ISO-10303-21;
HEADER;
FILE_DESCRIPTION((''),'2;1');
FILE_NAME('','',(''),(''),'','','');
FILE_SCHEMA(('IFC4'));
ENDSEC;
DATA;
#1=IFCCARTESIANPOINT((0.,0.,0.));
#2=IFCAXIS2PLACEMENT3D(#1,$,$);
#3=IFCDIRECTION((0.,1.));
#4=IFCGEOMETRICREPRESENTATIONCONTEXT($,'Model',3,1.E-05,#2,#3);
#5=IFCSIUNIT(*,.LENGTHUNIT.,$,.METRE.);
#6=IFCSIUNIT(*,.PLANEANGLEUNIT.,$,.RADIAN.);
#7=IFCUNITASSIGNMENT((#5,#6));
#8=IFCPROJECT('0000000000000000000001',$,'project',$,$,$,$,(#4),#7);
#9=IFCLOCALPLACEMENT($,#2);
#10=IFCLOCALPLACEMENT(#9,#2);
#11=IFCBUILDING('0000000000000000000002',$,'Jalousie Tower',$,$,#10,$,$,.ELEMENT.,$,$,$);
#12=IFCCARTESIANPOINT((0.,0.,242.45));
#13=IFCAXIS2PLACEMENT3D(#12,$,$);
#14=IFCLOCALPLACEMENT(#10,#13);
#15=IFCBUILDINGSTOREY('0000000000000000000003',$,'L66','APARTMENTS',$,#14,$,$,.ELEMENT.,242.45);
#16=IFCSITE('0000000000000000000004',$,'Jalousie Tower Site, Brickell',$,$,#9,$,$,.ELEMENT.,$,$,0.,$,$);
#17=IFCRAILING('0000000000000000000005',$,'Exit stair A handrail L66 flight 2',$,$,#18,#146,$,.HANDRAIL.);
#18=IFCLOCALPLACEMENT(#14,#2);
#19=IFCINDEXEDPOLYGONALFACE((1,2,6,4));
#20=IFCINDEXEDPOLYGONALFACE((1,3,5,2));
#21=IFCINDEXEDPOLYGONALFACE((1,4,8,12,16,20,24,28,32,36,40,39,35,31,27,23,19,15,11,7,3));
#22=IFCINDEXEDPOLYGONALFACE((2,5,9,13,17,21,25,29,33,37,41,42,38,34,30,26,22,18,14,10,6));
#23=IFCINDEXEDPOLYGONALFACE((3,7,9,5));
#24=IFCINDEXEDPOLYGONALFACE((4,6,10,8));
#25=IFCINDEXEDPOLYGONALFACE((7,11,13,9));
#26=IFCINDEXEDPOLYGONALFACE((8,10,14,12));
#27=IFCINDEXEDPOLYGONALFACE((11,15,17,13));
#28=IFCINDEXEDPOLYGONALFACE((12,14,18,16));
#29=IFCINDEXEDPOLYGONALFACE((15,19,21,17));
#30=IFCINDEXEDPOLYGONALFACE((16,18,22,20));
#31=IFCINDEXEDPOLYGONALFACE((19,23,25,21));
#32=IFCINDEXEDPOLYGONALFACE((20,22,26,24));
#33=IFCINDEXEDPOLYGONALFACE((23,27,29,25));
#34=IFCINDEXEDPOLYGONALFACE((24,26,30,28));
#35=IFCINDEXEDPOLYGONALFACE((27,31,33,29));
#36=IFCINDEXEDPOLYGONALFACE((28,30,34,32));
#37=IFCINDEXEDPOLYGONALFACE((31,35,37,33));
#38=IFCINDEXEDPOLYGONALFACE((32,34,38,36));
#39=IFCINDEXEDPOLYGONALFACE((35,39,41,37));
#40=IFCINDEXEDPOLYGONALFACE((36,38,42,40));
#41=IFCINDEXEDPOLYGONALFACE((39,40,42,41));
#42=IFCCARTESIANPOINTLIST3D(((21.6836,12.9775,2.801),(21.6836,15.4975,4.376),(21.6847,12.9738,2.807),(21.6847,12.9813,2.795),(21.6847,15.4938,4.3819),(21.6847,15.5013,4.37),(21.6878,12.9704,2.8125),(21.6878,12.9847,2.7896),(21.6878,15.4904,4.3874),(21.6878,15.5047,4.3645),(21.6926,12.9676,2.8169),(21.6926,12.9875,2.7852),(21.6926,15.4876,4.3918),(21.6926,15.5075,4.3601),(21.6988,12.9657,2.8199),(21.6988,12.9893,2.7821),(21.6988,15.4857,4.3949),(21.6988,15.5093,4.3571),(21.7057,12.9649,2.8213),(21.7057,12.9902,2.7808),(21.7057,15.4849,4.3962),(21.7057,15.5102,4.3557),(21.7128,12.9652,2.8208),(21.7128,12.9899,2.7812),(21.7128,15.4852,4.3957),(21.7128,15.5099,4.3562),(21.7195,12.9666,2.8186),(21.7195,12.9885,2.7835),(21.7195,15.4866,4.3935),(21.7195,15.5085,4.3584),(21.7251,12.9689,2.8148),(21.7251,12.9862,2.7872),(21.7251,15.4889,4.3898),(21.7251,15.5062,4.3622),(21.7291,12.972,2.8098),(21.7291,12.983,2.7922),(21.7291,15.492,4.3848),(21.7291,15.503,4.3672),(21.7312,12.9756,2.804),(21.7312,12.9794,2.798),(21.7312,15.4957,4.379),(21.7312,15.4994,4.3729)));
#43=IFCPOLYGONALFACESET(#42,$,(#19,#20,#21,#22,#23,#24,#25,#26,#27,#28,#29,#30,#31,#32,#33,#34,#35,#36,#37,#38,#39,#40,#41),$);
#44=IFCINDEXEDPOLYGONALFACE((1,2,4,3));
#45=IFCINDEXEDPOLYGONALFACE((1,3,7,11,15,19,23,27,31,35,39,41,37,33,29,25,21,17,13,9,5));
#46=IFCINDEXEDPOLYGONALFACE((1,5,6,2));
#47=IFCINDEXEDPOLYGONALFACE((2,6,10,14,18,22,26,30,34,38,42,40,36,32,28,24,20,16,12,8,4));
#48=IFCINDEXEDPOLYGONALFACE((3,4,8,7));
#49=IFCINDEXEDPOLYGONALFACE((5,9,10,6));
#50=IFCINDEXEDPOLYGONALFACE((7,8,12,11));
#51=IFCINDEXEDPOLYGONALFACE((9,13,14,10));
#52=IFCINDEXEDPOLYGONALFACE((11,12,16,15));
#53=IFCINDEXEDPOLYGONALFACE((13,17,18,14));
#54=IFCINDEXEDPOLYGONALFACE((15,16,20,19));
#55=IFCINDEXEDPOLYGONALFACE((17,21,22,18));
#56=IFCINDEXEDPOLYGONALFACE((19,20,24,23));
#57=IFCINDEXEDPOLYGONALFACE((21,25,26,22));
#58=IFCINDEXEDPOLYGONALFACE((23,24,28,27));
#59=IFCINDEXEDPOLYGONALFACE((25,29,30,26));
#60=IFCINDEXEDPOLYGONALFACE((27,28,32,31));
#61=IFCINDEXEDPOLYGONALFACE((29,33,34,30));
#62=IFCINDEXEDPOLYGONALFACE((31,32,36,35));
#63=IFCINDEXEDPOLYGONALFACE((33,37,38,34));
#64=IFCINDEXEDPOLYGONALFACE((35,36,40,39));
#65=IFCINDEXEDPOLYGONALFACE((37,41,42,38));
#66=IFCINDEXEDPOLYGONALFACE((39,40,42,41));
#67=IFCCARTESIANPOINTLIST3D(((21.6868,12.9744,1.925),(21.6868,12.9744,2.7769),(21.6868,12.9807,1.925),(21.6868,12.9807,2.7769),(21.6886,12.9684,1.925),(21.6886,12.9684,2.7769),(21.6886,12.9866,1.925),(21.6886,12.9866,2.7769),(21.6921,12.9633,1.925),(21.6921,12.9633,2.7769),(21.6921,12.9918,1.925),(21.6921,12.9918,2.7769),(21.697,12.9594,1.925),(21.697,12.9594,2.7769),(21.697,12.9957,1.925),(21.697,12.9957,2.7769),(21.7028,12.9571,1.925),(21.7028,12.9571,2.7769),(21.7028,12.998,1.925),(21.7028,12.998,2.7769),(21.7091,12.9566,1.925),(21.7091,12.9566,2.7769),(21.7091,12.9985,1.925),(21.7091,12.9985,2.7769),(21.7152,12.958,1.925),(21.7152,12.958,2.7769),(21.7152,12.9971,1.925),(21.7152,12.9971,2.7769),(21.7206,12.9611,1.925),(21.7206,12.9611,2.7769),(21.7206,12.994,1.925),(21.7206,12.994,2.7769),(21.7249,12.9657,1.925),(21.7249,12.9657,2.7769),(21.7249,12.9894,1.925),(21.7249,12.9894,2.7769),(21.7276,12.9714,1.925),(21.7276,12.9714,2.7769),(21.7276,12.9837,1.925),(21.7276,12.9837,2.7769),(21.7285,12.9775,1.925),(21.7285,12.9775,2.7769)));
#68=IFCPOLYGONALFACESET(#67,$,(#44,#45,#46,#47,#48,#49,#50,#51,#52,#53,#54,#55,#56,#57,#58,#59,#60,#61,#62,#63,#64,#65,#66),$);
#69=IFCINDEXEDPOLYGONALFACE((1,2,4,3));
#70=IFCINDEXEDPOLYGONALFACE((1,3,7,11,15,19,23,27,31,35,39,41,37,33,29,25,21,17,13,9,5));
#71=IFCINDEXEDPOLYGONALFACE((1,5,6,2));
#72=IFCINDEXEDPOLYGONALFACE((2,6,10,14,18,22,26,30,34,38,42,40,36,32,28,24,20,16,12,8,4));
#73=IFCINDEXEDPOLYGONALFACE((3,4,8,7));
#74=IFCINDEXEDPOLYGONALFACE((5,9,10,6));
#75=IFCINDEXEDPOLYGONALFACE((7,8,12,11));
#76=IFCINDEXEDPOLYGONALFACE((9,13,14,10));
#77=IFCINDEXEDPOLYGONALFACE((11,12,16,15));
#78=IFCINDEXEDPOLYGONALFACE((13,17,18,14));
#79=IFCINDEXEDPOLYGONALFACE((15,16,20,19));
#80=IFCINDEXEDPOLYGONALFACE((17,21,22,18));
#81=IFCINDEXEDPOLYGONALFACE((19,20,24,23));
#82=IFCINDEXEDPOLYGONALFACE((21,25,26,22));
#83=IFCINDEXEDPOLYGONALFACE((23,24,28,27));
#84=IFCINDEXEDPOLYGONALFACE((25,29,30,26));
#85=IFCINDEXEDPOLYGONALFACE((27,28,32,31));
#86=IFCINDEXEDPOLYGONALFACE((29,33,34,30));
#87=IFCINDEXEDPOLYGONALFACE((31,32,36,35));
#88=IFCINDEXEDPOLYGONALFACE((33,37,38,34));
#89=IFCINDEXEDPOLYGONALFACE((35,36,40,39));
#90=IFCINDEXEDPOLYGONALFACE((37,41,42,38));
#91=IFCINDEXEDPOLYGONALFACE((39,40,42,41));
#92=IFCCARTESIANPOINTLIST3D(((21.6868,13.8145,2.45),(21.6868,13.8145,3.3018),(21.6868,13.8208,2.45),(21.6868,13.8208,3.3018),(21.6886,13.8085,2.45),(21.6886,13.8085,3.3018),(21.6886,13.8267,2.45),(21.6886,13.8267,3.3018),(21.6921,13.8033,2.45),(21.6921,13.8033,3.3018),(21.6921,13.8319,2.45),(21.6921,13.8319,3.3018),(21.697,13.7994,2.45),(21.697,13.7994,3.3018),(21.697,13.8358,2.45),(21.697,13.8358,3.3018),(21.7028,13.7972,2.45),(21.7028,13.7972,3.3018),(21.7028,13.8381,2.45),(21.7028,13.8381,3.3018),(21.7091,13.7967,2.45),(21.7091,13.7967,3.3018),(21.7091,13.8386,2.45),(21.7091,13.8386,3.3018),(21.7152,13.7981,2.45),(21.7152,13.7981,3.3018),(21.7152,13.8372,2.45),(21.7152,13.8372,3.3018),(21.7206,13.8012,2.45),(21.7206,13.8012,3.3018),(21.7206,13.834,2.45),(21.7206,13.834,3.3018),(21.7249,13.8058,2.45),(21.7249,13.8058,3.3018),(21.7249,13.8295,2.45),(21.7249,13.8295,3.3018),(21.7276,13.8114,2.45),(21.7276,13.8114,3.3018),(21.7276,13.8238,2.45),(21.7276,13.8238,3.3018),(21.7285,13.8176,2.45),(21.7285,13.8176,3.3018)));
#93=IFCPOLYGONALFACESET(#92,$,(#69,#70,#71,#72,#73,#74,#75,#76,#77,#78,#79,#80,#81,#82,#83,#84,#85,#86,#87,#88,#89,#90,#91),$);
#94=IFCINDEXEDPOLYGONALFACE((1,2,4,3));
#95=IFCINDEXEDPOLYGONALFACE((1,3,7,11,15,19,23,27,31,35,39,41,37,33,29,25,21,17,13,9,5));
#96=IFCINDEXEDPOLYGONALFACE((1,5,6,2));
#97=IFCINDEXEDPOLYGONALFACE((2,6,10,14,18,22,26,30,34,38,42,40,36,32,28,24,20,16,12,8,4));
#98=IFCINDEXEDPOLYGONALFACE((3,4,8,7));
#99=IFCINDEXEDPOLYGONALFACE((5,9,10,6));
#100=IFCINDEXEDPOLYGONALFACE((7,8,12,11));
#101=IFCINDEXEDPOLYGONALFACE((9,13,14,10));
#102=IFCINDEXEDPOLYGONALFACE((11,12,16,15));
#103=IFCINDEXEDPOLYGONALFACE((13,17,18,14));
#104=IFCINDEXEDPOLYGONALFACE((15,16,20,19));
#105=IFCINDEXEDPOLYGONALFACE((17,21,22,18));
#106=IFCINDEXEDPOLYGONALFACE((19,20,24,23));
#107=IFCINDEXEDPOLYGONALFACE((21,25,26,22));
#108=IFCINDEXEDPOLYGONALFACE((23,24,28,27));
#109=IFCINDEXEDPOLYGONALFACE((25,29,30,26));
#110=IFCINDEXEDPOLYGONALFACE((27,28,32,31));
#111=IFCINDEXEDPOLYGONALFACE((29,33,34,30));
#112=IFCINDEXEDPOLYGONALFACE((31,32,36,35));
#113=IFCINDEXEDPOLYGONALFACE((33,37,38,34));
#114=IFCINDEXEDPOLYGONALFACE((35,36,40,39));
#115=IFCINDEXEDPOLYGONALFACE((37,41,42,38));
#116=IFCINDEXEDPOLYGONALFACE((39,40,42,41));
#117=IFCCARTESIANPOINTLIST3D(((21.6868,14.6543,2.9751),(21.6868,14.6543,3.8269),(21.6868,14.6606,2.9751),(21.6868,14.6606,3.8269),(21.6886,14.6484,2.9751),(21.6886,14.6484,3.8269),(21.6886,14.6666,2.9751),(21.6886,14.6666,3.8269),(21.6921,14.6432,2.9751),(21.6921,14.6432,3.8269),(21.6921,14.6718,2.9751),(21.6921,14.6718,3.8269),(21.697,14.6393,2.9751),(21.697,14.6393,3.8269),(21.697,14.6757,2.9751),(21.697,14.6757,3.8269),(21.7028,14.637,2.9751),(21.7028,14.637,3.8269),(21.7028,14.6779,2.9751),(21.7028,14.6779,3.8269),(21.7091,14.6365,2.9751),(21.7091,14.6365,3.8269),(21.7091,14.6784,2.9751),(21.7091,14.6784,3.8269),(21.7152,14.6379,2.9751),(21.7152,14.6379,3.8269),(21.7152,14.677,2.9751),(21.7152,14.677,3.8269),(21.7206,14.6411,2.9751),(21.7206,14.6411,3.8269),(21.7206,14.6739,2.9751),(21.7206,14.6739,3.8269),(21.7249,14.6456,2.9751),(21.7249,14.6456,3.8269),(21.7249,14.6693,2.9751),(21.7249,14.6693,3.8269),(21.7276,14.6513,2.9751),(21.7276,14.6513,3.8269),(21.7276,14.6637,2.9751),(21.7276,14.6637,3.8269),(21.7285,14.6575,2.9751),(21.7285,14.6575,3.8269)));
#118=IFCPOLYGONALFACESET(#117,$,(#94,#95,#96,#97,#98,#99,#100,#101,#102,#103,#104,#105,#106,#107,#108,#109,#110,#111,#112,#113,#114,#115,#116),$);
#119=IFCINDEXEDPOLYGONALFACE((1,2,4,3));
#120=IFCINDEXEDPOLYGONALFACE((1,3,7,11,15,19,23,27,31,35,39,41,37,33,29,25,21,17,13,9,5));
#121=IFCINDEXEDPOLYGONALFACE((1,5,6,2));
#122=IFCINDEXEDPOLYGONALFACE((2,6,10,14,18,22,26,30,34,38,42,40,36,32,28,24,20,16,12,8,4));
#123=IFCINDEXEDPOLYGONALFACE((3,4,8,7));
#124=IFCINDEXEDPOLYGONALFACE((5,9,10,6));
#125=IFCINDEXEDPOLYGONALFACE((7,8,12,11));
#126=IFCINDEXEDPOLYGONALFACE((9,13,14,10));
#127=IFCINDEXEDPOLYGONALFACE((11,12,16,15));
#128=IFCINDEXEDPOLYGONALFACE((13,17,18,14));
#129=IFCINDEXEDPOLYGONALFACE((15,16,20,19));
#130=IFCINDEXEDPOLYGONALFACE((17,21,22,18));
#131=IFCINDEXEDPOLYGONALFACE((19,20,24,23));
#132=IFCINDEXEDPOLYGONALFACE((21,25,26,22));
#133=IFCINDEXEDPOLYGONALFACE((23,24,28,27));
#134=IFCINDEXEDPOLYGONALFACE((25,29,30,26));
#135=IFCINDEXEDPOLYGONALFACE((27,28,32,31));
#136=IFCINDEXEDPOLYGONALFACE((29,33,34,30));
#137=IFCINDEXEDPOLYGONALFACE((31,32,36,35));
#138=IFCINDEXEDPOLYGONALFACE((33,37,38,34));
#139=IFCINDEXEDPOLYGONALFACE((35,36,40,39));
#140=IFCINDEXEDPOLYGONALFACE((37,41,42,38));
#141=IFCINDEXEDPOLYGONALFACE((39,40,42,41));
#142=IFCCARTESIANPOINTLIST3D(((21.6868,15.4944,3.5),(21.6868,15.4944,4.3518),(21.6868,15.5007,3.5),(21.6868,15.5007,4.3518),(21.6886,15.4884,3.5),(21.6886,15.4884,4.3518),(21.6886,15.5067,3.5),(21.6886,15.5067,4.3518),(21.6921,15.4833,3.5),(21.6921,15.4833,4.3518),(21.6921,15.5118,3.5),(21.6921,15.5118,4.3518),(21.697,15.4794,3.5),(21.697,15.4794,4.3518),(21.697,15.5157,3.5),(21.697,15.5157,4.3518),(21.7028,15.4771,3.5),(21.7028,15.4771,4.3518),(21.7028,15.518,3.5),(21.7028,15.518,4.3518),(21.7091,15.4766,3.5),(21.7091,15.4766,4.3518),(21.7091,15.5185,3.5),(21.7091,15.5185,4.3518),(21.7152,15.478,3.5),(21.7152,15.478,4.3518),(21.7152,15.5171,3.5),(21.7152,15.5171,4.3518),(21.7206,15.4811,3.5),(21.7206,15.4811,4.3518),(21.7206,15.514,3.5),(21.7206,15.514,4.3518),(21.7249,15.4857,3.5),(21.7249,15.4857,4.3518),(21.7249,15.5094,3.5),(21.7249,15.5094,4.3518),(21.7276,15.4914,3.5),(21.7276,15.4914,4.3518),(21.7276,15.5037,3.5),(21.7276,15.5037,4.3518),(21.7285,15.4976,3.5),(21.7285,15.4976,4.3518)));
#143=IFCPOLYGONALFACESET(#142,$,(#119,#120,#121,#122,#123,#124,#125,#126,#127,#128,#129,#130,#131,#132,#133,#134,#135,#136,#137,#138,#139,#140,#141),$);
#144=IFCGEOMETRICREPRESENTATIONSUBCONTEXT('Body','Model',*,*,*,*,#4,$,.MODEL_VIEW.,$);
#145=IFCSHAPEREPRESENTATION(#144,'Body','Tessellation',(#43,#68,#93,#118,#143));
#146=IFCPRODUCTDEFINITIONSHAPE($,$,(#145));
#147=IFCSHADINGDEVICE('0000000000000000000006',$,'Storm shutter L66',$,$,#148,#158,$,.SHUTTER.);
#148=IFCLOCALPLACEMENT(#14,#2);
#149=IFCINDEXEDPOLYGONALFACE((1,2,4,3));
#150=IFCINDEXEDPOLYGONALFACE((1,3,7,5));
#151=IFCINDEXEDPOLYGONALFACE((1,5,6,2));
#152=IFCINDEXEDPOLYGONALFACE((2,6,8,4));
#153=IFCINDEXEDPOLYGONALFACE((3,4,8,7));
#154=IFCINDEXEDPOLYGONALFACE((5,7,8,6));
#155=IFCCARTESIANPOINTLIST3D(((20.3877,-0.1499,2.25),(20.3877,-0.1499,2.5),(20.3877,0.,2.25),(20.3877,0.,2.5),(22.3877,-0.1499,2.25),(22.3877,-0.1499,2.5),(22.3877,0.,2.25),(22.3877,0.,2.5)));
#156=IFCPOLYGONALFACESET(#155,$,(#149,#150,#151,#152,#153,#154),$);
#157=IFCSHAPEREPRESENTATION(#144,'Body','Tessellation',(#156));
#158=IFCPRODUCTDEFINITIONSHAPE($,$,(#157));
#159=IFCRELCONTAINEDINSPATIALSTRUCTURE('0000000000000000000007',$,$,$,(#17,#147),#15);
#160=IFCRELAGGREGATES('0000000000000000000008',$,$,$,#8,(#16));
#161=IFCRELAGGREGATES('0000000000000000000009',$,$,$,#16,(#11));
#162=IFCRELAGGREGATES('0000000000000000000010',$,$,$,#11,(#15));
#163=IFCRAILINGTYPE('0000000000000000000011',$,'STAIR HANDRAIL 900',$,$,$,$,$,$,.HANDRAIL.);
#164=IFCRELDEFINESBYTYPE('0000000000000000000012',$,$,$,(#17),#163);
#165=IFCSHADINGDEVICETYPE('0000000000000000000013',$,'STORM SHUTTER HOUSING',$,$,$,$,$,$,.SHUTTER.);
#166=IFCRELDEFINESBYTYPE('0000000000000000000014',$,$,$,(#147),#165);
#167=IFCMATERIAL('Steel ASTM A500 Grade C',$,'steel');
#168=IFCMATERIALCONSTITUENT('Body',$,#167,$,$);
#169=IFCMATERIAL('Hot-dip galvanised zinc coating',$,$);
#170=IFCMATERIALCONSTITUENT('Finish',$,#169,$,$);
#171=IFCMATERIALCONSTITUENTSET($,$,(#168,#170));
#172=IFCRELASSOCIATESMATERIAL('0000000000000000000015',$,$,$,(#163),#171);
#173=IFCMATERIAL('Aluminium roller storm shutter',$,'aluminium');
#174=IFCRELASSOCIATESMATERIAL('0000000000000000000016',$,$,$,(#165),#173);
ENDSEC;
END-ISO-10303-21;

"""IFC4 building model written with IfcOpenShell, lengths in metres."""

from ifc_helpers import new_model, si_unit, direction, frame, origin, origin_2d, place, context, subcontext, project, spatial, rectangle, circle, extrude, material, constituent, constituent_set, type_object, element, save


model = new_model("IFC4")

# Units and contexts
model_context = context("Model", 3, precision=1e-05, world=origin(), true_north=direction((0.0, 1.0)))
body_context = subcontext(model_context, "Body", "Model", "MODEL_VIEW")
ifc_project = project(units=[si_unit("LENGTHUNIT", "METRE"), si_unit("PLANEANGLEUNIT", "RADIAN")], contexts=[model_context])

# Site, building, storey
site_placement = place(None, origin())
site = spatial("IfcSite", under=ifc_project, at=site_placement, Name="Jalousie Tower Site, Brickell", CompositionType="ELEMENT", RefElevation=0.0)
building_placement = place(site_placement, origin())
building = spatial("IfcBuilding", under=site, at=building_placement, Name="Jalousie Tower", CompositionType="ELEMENT")
storey_placement = place(building_placement, frame((0.0, 0.0, 242.45)))
storey = spatial("IfcBuildingStorey", under=building, at=storey_placement, Name="L66", Description="APARTMENTS", CompositionType="ELEMENT", Elevation=242.45)

# Railing
ifc_material_1 = material(Name="Steel ASTM A500 Grade C", Category="steel")
ifc_constituent_1 = constituent(ifc_material_1, Name="Body")
ifc_material_2 = material(Name="Hot-dip galvanised zinc coating")
ifc_constituent_2 = constituent(ifc_material_2, Name="Finish")
ifc_constituent_set_1 = constituent_set(constituents=[ifc_constituent_1, ifc_constituent_2])
railing_type_1 = type_object("IfcRailingType", Name="STAIR HANDRAIL 900", PredefinedType="HANDRAIL", material=ifc_constituent_set_1)
railing_1_placement = place(storey_placement, frame((21.7075, 12.9775, 1.925)))
element("IfcRailing", 1, at=railing_1_placement, inside=storey, type_object=railing_type_1, Name="Exit stair A handrail L66 flight 2", PredefinedType="HANDRAIL", context=body_context, shape_type="SweptSolid", body=[
    extrude(circle(Radius=0.0239, at=origin_2d()), frame((0.0, 0.0, 0.876), z_axis=(0.0, 0.848008, 0.529984), x_axis=(-1.0, 0.0, 0.0)), (0.0, 0.0, 1.0), 2.9717),
    extrude(circle(Radius=0.021, at=origin_2d()), origin(), (0.0, 0.0, 1.0), 0.8518),
    extrude(circle(Radius=0.021, at=origin_2d()), frame((0.0, 0.8401, 0.5249)), (0.0, 0.0, 1.0), 0.8518),
    extrude(circle(Radius=0.021, at=origin_2d()), frame((0.0, 1.6799, 1.05)), (0.0, 0.0, 1.0), 0.8518),
    extrude(circle(Radius=0.021, at=origin_2d()), frame((0.0, 2.52, 1.575)), (0.0, 0.0, 1.0), 0.8518),
])

# Shading device
ifc_material_3 = material(Name="Aluminium roller storm shutter", Category="aluminium")
shading_device_type = type_object("IfcShadingDeviceType", Name="STORM SHUTTER HOUSING", PredefinedType="SHUTTER", material=ifc_material_3)
shading_device_placement = place(storey_placement, frame((21.3877, -0.075, 2.25), z_axis=(0.0, 0.0, 1.0), x_axis=(1.0, 0.0, 0.0)))
element("IfcShadingDevice", 2, at=shading_device_placement, inside=storey, type_object=shading_device_type, Name="Storm shutter L66", PredefinedType="SHUTTER", context=body_context, shape_type="SweptSolid", body=[
    extrude(rectangle(XDim=2.0, YDim=0.1499, at=origin_2d()), origin(), (0.0, 0.0, 1.0), 0.25),
])

save(model, "model.ifc")
